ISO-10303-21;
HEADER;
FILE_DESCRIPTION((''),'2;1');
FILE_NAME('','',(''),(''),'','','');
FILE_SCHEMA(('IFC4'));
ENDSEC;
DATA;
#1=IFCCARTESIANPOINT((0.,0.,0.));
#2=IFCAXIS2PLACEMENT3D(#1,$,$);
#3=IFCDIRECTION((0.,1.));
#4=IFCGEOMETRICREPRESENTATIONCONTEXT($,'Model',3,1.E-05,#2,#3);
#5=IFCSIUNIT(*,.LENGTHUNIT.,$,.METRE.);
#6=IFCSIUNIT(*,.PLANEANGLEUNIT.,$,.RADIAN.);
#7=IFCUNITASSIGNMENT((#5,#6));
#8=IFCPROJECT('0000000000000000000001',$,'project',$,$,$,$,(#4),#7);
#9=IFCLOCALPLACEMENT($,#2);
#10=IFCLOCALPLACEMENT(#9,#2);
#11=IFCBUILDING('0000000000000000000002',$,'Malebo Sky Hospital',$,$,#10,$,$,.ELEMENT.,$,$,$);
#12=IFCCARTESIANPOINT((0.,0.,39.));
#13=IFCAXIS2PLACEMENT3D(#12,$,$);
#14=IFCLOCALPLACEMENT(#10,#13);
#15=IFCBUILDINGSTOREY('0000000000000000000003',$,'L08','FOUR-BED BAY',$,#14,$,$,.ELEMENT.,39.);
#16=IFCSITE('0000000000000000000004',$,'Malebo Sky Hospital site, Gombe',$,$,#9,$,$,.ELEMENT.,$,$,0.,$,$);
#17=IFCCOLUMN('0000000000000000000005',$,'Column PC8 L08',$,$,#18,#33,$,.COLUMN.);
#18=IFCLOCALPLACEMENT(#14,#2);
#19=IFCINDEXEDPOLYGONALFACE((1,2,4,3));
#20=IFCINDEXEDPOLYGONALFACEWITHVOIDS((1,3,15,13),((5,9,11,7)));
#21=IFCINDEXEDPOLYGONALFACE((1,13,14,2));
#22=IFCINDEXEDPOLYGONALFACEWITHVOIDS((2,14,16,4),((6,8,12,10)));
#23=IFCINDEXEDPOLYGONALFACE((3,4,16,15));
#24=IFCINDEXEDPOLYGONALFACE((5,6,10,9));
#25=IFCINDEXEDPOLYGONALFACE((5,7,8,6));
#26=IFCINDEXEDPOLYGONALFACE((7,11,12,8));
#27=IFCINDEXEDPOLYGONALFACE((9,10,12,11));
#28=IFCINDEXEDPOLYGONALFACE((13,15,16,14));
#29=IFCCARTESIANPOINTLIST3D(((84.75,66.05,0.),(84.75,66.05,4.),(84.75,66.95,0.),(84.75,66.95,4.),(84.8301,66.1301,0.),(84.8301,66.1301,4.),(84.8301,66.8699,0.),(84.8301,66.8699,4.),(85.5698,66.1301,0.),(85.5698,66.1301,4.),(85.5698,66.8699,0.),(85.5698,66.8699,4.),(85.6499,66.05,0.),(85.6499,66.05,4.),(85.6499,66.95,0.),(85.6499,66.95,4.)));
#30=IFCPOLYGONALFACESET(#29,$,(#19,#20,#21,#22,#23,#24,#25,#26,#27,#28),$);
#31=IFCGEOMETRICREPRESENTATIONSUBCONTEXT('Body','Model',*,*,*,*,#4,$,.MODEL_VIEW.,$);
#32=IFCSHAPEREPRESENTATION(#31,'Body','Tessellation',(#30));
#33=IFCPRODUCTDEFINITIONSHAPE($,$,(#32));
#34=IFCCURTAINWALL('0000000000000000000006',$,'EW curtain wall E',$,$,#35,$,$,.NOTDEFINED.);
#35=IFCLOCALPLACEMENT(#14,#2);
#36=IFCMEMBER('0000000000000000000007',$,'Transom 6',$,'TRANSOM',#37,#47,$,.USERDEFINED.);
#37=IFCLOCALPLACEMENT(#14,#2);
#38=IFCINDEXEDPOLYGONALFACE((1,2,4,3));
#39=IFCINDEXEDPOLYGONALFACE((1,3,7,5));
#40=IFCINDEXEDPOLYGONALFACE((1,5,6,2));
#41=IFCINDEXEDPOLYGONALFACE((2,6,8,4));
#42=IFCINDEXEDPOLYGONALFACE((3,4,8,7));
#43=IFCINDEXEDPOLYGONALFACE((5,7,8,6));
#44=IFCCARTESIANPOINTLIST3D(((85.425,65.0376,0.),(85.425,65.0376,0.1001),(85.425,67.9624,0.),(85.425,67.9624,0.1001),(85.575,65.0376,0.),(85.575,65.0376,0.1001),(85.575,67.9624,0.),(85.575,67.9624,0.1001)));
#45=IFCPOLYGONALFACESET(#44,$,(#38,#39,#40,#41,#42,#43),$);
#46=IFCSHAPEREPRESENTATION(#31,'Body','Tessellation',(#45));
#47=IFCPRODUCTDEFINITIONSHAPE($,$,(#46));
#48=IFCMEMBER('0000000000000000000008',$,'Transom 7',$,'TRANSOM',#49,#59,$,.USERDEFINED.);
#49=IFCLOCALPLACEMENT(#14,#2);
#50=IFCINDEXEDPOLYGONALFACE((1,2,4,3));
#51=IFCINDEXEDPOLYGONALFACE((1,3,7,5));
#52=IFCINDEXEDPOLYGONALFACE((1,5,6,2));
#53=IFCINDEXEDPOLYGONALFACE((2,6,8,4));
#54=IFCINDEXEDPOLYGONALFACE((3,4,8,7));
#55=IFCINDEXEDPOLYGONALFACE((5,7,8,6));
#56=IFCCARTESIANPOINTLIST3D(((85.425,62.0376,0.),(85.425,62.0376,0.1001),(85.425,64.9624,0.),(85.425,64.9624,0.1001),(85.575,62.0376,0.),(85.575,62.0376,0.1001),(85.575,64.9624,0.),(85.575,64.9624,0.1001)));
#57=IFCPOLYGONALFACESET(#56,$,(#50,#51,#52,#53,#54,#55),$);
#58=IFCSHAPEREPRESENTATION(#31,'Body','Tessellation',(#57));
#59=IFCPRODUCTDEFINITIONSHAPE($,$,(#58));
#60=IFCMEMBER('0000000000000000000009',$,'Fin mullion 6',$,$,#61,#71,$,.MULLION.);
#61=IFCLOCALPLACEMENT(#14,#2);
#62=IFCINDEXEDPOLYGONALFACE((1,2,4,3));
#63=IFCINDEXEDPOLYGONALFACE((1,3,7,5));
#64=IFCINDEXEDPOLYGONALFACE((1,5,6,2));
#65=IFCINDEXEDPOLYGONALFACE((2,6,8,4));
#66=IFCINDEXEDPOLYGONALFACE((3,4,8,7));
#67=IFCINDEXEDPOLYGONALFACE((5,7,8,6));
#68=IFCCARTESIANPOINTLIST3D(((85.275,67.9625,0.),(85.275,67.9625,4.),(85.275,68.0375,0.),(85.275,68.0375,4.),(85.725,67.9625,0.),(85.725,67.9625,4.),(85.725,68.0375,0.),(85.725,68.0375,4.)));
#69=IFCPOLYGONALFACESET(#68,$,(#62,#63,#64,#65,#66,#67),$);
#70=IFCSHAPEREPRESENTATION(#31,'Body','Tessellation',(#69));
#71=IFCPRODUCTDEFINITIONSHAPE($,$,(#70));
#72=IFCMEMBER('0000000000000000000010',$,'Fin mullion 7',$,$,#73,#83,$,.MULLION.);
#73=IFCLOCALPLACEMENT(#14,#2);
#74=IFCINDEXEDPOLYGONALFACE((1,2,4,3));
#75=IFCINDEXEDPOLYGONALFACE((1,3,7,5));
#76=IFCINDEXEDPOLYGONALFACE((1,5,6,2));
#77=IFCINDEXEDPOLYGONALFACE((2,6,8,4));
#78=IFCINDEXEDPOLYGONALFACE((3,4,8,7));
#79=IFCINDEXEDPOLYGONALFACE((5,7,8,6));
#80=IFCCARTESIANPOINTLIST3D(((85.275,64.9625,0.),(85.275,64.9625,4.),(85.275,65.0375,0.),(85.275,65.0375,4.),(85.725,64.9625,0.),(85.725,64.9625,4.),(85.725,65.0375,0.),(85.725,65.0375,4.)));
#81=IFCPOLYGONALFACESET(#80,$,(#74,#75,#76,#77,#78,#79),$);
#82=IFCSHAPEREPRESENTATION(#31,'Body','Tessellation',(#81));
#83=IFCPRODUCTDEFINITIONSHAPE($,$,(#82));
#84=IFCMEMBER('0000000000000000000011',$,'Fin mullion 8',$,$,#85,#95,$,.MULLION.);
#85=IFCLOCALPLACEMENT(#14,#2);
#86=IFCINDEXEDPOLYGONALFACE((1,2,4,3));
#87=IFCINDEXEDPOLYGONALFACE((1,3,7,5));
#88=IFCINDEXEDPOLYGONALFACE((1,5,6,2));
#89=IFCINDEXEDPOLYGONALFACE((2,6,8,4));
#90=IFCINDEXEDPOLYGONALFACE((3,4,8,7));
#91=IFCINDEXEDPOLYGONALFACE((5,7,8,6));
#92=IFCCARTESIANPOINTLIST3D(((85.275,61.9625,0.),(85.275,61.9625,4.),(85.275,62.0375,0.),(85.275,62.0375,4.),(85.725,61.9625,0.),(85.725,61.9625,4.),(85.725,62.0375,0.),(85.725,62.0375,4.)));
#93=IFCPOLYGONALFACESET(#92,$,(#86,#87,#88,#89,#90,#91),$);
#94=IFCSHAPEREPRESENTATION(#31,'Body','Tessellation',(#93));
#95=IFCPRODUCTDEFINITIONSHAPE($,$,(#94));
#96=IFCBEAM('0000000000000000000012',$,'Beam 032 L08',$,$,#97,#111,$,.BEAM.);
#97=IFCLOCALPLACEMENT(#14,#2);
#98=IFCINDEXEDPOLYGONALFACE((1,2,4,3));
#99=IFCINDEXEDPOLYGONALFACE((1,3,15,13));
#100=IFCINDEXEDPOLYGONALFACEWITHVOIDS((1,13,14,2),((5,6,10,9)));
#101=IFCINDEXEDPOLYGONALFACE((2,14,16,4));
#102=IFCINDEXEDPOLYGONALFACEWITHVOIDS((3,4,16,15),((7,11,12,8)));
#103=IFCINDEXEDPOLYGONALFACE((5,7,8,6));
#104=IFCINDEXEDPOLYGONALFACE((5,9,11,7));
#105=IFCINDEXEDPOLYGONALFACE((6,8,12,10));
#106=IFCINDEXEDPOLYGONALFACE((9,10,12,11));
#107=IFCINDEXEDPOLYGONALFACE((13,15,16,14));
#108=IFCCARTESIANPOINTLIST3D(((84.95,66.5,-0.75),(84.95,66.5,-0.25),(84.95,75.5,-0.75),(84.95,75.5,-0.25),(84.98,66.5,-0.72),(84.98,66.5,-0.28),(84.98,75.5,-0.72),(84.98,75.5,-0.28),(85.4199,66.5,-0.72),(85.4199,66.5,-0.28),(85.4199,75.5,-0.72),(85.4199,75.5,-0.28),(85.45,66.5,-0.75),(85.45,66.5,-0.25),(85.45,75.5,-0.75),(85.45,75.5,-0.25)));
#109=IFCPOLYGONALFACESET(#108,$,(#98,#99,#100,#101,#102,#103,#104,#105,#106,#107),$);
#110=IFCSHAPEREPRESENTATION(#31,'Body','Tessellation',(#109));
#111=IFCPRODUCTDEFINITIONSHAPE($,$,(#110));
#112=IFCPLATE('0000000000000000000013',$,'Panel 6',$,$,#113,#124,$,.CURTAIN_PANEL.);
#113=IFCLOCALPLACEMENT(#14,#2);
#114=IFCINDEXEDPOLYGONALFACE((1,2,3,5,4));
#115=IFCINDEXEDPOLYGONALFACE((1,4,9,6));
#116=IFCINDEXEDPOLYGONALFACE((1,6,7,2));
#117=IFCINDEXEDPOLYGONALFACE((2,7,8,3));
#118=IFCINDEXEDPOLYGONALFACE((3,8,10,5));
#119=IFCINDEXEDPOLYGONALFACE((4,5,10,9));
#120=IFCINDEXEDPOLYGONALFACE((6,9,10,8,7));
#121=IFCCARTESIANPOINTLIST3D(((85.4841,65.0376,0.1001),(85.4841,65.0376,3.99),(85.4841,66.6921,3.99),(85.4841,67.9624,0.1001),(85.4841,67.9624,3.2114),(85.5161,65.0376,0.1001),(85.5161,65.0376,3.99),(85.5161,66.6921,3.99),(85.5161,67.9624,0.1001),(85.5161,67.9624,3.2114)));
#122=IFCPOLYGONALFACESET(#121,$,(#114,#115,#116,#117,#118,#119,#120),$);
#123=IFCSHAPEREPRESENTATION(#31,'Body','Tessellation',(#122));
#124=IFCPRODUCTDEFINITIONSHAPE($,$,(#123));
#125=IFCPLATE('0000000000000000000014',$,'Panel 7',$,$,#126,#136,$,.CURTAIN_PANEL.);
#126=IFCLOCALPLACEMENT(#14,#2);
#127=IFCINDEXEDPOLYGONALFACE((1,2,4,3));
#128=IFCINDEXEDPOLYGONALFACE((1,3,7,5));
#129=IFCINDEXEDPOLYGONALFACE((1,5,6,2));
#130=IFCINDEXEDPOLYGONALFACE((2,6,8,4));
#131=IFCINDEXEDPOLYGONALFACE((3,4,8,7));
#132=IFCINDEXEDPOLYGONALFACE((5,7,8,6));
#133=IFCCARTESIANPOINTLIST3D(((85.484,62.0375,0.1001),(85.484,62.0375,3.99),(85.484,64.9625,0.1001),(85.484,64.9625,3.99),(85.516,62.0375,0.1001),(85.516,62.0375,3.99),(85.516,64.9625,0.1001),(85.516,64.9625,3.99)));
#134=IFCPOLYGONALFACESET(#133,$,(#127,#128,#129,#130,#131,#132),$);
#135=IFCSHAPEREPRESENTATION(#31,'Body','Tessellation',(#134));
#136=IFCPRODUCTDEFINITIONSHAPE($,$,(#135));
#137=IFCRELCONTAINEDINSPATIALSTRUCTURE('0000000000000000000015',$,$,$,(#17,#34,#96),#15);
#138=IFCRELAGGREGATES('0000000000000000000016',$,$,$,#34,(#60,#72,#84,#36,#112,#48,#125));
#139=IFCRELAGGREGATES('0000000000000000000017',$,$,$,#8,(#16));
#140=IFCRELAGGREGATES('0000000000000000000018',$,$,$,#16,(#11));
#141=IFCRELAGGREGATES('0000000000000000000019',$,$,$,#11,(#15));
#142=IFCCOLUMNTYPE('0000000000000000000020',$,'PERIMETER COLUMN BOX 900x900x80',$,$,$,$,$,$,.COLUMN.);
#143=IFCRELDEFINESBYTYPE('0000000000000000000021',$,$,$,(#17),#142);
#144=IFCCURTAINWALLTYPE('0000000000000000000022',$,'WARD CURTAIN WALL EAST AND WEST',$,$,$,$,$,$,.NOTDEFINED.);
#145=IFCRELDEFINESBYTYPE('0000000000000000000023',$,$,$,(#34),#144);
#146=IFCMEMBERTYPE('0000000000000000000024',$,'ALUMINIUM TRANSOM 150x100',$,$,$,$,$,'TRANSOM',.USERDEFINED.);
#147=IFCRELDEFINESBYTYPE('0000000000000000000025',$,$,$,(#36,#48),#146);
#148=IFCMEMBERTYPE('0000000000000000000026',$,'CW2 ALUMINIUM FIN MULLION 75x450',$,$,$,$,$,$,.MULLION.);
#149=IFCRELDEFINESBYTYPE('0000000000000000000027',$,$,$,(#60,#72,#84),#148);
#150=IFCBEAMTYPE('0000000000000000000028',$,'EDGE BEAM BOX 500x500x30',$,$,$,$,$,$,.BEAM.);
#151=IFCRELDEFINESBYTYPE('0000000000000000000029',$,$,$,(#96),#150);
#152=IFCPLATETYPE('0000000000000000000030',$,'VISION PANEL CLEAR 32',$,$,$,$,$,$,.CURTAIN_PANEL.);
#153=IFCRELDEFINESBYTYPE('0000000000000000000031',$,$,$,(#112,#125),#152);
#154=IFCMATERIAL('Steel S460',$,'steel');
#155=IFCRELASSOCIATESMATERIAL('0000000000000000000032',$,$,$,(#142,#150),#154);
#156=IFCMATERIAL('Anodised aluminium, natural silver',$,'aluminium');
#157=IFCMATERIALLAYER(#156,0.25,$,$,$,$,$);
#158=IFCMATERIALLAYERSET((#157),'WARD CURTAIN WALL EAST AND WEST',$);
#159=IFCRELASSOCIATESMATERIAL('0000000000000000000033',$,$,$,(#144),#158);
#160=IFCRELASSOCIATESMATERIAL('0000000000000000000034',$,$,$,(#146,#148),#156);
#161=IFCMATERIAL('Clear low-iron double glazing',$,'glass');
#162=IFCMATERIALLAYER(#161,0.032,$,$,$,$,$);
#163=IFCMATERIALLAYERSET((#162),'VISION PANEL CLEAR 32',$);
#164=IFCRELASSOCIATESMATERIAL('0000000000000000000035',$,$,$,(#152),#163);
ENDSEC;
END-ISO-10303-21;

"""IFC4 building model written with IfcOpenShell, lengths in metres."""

from ifc_helpers import new_model, si_unit, direction, frame, origin, origin_2d, place, context, subcontext, project, spatial, polyline, rectangle, hollow_rectangle, outline, extrude, material, layer, layer_set, material_profile, profile_set, type_object, element, aggregate, save


model = new_model("IFC4")

# Units and contexts
model_context = context("Model", 3, precision=1e-05, world=origin(), true_north=direction((0.0, 1.0)))
body_context = subcontext(model_context, "Body", "Model", "MODEL_VIEW")
ifc_project = project(units=[si_unit("LENGTHUNIT", "METRE"), si_unit("PLANEANGLEUNIT", "RADIAN")], contexts=[model_context])

# Site, building, storey
site_placement = place(None, origin())
site = spatial("IfcSite", under=ifc_project, at=site_placement, Name="Malebo Sky Hospital site, Gombe", CompositionType="ELEMENT", RefElevation=0.0)
building_placement = place(site_placement, origin())
building = spatial("IfcBuilding", under=site, at=building_placement, Name="Malebo Sky Hospital", CompositionType="ELEMENT")
storey_placement = place(building_placement, frame((0.0, 0.0, 39.0)))
storey = spatial("IfcBuildingStorey", under=building, at=storey_placement, Name="L08", Description="FOUR-BED BAY", CompositionType="ELEMENT", Elevation=39.0)

# Column
ifc_material_1 = material(Name="Steel S460", Category="steel")
ifc_material_profile_1 = material_profile(ifc_material_1, hollow_rectangle(XDim=0.8999, YDim=0.8999, WallThickness=0.0801, at=origin_2d()), Name="BOX 900x900x80")
ifc_profile_set_1 = profile_set([ifc_material_profile_1], Name="Steel S460")
column_type = type_object("IfcColumnType", Name="PERIMETER COLUMN BOX 900x900x80", PredefinedType="COLUMN", material=ifc_profile_set_1)
column_placement = place(storey_placement, frame((85.2, 66.5, 0.0), z_axis=(0.0, 0.0, 1.0), x_axis=(1.0, 0.0, 0.0)))
element("IfcColumn", 1, at=column_placement, inside=storey, type_object=column_type, Name="Column PC8 L08", PredefinedType="COLUMN", context=body_context, shape_type="SweptSolid", body=[
    extrude(hollow_rectangle(XDim=0.8999, YDim=0.8999, WallThickness=0.0801, at=origin_2d()), origin(), (0.0, 0.0, 1.0), 4.0),
])

# Curtain wall, members
ifc_material_2 = material(Name="Anodised aluminium, natural silver", Category="aluminium")
ifc_layer_1 = layer(ifc_material_2, 0.25)
ifc_layer_set_1 = layer_set([ifc_layer_1], Name="WARD CURTAIN WALL EAST AND WEST")
curtain_wall_type = type_object("IfcCurtainWallType", Name="WARD CURTAIN WALL EAST AND WEST", PredefinedType="NOTDEFINED", material=ifc_layer_set_1)
curtain_wall_placement = place(storey_placement, origin())
curtain_wall = element("IfcCurtainWall", 2, at=curtain_wall_placement, inside=storey, type_object=curtain_wall_type, Name="EW curtain wall E", PredefinedType="NOTDEFINED")
ifc_material_profile_2 = material_profile(ifc_material_2, rectangle(XDim=0.1499, YDim=0.1001, at=origin_2d()), Name="ALUMINIUM TRANSOM 150x100")
ifc_profile_set_2 = profile_set([ifc_material_profile_2], Name="Anodised aluminium, natural silver")
member_type_1 = type_object("IfcMemberType", Name="ALUMINIUM TRANSOM 150x100", ElementType="TRANSOM", PredefinedType="USERDEFINED", material=ifc_profile_set_2)
member_1_placement = place(storey_placement, frame((85.5, 67.9624, 0.05), z_axis=(0.0, -1.0, 0.0), x_axis=(1.0, 0.0, 0.0)))
member_1 = element("IfcMember", 3, at=member_1_placement, type_object=member_type_1, Name="Transom 6", ObjectType="TRANSOM", PredefinedType="USERDEFINED", context=body_context, shape_type="SweptSolid", body=[
    extrude(rectangle(XDim=0.1499, YDim=0.1001, at=origin_2d()), origin(), (0.0, 0.0, 1.0), 2.9248),
])
member_2_placement = place(storey_placement, frame((85.5, 64.9624, 0.05), z_axis=(0.0, -1.0, 0.0), x_axis=(1.0, 0.0, 0.0)))
member_2 = element("IfcMember", 4, at=member_2_placement, type_object=member_type_1, Name="Transom 7", ObjectType="TRANSOM", PredefinedType="USERDEFINED", context=body_context, shape_type="SweptSolid", body=[
    extrude(rectangle(XDim=0.1499, YDim=0.1001, at=origin_2d()), origin(), (0.0, 0.0, 1.0), 2.9248),
])
ifc_material_profile_3 = material_profile(ifc_material_2, rectangle(XDim=0.075, YDim=0.45, at=origin_2d()), Name="CW2 ALUMINIUM FIN MULLION 75x450")
ifc_profile_set_3 = profile_set([ifc_material_profile_3], Name="Anodised aluminium, natural silver")
member_type_2 = type_object("IfcMemberType", Name="CW2 ALUMINIUM FIN MULLION 75x450", PredefinedType="MULLION", material=ifc_profile_set_3)
member_3_placement = place(storey_placement, frame((85.5, 68.0, 0.0), z_axis=(0.0, 0.0, 1.0), x_axis=(0.0, -1.0, 0.0)))
member_3 = element("IfcMember", 5, at=member_3_placement, type_object=member_type_2, Name="Fin mullion 6", PredefinedType="MULLION", context=body_context, shape_type="SweptSolid", body=[
    extrude(rectangle(XDim=0.075, YDim=0.45, at=origin_2d()), origin(), (0.0, 0.0, 1.0), 4.0),
])
member_4_placement = place(storey_placement, frame((85.5, 65.0, 0.0), z_axis=(0.0, 0.0, 1.0), x_axis=(0.0, -1.0, 0.0)))
member_4 = element("IfcMember", 6, at=member_4_placement, type_object=member_type_2, Name="Fin mullion 7", PredefinedType="MULLION", context=body_context, shape_type="SweptSolid", body=[
    extrude(rectangle(XDim=0.075, YDim=0.45, at=origin_2d()), origin(), (0.0, 0.0, 1.0), 4.0),
])
member_5_placement = place(storey_placement, frame((85.5, 62.0, 0.0), z_axis=(0.0, 0.0, 1.0), x_axis=(0.0, -1.0, 0.0)))
member_5 = element("IfcMember", 7, at=member_5_placement, type_object=member_type_2, Name="Fin mullion 8", PredefinedType="MULLION", context=body_context, shape_type="SweptSolid", body=[
    extrude(rectangle(XDim=0.075, YDim=0.45, at=origin_2d()), origin(), (0.0, 0.0, 1.0), 4.0),
])

# Beam
ifc_material_profile_4 = material_profile(ifc_material_1, hollow_rectangle(XDim=0.5, YDim=0.5, WallThickness=0.03, at=origin_2d()), Name="BOX 500x500x30")
ifc_profile_set_4 = profile_set([ifc_material_profile_4], Name="Steel S460")
beam_type = type_object("IfcBeamType", Name="EDGE BEAM BOX 500x500x30", PredefinedType="BEAM", material=ifc_profile_set_4)
beam_placement = place(storey_placement, frame((85.2, 66.5, -0.5), z_axis=(0.0, 1.0, 0.0), x_axis=(-1.0, 0.0, 0.0)))
element("IfcBeam", 8, at=beam_placement, inside=storey, type_object=beam_type, Name="Beam 032 L08", PredefinedType="BEAM", context=body_context, shape_type="SweptSolid", body=[
    extrude(hollow_rectangle(XDim=0.5, YDim=0.5, WallThickness=0.03, at=origin_2d()), origin(), (0.0, 0.0, 1.0), 9.0),
])

# Plates
ifc_material_3 = material(Name="Clear low-iron double glazing", Category="glass")
ifc_layer_2 = layer(ifc_material_3, 0.032)
ifc_layer_set_2 = layer_set([ifc_layer_2], Name="VISION PANEL CLEAR 32")
plate_type = type_object("IfcPlateType", Name="VISION PANEL CLEAR 32", PredefinedType="CURTAIN_PANEL", material=ifc_layer_set_2)
plate_1_placement = place(storey_placement, frame((85.5, 66.5, 0.1001), z_axis=(0.0, 0.0, 1.0), x_axis=(0.0, -1.0, 0.0)))
plate_1 = element("IfcPlate", 9, at=plate_1_placement, type_object=plate_type, Name="Panel 6", PredefinedType="CURTAIN_PANEL", context=body_context, shape_type="SweptSolid", body=[
    extrude(outline(polyline([(-1.4624, 0.0), (1.4624, 0.0), (1.4624, 3.8899), (-0.1921, 3.8899), (-1.4624, 3.1113), (-1.4624, 0.0)])), frame((0.0, 0.0161, 0.0), z_axis=(0.0, -1.0, 0.0), x_axis=(1.0, 0.0, 0.0)), (0.0, 0.0, 1.0), 0.032),
])
plate_2_placement = place(storey_placement, frame((85.5, 63.5, 0.1001), z_axis=(0.0, 0.0, 1.0), x_axis=(0.0, -1.0, 0.0)))
plate_2 = element("IfcPlate", 10, at=plate_2_placement, type_object=plate_type, Name="Panel 7", PredefinedType="CURTAIN_PANEL", context=body_context, shape_type="SweptSolid", body=[
    extrude(rectangle(XDim=2.925, YDim=0.032, at=origin_2d()), origin(), (0.0, 0.0, 1.0), 3.8899),
])
aggregate(curtain_wall, [member_3, member_4, member_5, member_1, plate_1, member_2, plate_2])

save(model, "model.ifc")
